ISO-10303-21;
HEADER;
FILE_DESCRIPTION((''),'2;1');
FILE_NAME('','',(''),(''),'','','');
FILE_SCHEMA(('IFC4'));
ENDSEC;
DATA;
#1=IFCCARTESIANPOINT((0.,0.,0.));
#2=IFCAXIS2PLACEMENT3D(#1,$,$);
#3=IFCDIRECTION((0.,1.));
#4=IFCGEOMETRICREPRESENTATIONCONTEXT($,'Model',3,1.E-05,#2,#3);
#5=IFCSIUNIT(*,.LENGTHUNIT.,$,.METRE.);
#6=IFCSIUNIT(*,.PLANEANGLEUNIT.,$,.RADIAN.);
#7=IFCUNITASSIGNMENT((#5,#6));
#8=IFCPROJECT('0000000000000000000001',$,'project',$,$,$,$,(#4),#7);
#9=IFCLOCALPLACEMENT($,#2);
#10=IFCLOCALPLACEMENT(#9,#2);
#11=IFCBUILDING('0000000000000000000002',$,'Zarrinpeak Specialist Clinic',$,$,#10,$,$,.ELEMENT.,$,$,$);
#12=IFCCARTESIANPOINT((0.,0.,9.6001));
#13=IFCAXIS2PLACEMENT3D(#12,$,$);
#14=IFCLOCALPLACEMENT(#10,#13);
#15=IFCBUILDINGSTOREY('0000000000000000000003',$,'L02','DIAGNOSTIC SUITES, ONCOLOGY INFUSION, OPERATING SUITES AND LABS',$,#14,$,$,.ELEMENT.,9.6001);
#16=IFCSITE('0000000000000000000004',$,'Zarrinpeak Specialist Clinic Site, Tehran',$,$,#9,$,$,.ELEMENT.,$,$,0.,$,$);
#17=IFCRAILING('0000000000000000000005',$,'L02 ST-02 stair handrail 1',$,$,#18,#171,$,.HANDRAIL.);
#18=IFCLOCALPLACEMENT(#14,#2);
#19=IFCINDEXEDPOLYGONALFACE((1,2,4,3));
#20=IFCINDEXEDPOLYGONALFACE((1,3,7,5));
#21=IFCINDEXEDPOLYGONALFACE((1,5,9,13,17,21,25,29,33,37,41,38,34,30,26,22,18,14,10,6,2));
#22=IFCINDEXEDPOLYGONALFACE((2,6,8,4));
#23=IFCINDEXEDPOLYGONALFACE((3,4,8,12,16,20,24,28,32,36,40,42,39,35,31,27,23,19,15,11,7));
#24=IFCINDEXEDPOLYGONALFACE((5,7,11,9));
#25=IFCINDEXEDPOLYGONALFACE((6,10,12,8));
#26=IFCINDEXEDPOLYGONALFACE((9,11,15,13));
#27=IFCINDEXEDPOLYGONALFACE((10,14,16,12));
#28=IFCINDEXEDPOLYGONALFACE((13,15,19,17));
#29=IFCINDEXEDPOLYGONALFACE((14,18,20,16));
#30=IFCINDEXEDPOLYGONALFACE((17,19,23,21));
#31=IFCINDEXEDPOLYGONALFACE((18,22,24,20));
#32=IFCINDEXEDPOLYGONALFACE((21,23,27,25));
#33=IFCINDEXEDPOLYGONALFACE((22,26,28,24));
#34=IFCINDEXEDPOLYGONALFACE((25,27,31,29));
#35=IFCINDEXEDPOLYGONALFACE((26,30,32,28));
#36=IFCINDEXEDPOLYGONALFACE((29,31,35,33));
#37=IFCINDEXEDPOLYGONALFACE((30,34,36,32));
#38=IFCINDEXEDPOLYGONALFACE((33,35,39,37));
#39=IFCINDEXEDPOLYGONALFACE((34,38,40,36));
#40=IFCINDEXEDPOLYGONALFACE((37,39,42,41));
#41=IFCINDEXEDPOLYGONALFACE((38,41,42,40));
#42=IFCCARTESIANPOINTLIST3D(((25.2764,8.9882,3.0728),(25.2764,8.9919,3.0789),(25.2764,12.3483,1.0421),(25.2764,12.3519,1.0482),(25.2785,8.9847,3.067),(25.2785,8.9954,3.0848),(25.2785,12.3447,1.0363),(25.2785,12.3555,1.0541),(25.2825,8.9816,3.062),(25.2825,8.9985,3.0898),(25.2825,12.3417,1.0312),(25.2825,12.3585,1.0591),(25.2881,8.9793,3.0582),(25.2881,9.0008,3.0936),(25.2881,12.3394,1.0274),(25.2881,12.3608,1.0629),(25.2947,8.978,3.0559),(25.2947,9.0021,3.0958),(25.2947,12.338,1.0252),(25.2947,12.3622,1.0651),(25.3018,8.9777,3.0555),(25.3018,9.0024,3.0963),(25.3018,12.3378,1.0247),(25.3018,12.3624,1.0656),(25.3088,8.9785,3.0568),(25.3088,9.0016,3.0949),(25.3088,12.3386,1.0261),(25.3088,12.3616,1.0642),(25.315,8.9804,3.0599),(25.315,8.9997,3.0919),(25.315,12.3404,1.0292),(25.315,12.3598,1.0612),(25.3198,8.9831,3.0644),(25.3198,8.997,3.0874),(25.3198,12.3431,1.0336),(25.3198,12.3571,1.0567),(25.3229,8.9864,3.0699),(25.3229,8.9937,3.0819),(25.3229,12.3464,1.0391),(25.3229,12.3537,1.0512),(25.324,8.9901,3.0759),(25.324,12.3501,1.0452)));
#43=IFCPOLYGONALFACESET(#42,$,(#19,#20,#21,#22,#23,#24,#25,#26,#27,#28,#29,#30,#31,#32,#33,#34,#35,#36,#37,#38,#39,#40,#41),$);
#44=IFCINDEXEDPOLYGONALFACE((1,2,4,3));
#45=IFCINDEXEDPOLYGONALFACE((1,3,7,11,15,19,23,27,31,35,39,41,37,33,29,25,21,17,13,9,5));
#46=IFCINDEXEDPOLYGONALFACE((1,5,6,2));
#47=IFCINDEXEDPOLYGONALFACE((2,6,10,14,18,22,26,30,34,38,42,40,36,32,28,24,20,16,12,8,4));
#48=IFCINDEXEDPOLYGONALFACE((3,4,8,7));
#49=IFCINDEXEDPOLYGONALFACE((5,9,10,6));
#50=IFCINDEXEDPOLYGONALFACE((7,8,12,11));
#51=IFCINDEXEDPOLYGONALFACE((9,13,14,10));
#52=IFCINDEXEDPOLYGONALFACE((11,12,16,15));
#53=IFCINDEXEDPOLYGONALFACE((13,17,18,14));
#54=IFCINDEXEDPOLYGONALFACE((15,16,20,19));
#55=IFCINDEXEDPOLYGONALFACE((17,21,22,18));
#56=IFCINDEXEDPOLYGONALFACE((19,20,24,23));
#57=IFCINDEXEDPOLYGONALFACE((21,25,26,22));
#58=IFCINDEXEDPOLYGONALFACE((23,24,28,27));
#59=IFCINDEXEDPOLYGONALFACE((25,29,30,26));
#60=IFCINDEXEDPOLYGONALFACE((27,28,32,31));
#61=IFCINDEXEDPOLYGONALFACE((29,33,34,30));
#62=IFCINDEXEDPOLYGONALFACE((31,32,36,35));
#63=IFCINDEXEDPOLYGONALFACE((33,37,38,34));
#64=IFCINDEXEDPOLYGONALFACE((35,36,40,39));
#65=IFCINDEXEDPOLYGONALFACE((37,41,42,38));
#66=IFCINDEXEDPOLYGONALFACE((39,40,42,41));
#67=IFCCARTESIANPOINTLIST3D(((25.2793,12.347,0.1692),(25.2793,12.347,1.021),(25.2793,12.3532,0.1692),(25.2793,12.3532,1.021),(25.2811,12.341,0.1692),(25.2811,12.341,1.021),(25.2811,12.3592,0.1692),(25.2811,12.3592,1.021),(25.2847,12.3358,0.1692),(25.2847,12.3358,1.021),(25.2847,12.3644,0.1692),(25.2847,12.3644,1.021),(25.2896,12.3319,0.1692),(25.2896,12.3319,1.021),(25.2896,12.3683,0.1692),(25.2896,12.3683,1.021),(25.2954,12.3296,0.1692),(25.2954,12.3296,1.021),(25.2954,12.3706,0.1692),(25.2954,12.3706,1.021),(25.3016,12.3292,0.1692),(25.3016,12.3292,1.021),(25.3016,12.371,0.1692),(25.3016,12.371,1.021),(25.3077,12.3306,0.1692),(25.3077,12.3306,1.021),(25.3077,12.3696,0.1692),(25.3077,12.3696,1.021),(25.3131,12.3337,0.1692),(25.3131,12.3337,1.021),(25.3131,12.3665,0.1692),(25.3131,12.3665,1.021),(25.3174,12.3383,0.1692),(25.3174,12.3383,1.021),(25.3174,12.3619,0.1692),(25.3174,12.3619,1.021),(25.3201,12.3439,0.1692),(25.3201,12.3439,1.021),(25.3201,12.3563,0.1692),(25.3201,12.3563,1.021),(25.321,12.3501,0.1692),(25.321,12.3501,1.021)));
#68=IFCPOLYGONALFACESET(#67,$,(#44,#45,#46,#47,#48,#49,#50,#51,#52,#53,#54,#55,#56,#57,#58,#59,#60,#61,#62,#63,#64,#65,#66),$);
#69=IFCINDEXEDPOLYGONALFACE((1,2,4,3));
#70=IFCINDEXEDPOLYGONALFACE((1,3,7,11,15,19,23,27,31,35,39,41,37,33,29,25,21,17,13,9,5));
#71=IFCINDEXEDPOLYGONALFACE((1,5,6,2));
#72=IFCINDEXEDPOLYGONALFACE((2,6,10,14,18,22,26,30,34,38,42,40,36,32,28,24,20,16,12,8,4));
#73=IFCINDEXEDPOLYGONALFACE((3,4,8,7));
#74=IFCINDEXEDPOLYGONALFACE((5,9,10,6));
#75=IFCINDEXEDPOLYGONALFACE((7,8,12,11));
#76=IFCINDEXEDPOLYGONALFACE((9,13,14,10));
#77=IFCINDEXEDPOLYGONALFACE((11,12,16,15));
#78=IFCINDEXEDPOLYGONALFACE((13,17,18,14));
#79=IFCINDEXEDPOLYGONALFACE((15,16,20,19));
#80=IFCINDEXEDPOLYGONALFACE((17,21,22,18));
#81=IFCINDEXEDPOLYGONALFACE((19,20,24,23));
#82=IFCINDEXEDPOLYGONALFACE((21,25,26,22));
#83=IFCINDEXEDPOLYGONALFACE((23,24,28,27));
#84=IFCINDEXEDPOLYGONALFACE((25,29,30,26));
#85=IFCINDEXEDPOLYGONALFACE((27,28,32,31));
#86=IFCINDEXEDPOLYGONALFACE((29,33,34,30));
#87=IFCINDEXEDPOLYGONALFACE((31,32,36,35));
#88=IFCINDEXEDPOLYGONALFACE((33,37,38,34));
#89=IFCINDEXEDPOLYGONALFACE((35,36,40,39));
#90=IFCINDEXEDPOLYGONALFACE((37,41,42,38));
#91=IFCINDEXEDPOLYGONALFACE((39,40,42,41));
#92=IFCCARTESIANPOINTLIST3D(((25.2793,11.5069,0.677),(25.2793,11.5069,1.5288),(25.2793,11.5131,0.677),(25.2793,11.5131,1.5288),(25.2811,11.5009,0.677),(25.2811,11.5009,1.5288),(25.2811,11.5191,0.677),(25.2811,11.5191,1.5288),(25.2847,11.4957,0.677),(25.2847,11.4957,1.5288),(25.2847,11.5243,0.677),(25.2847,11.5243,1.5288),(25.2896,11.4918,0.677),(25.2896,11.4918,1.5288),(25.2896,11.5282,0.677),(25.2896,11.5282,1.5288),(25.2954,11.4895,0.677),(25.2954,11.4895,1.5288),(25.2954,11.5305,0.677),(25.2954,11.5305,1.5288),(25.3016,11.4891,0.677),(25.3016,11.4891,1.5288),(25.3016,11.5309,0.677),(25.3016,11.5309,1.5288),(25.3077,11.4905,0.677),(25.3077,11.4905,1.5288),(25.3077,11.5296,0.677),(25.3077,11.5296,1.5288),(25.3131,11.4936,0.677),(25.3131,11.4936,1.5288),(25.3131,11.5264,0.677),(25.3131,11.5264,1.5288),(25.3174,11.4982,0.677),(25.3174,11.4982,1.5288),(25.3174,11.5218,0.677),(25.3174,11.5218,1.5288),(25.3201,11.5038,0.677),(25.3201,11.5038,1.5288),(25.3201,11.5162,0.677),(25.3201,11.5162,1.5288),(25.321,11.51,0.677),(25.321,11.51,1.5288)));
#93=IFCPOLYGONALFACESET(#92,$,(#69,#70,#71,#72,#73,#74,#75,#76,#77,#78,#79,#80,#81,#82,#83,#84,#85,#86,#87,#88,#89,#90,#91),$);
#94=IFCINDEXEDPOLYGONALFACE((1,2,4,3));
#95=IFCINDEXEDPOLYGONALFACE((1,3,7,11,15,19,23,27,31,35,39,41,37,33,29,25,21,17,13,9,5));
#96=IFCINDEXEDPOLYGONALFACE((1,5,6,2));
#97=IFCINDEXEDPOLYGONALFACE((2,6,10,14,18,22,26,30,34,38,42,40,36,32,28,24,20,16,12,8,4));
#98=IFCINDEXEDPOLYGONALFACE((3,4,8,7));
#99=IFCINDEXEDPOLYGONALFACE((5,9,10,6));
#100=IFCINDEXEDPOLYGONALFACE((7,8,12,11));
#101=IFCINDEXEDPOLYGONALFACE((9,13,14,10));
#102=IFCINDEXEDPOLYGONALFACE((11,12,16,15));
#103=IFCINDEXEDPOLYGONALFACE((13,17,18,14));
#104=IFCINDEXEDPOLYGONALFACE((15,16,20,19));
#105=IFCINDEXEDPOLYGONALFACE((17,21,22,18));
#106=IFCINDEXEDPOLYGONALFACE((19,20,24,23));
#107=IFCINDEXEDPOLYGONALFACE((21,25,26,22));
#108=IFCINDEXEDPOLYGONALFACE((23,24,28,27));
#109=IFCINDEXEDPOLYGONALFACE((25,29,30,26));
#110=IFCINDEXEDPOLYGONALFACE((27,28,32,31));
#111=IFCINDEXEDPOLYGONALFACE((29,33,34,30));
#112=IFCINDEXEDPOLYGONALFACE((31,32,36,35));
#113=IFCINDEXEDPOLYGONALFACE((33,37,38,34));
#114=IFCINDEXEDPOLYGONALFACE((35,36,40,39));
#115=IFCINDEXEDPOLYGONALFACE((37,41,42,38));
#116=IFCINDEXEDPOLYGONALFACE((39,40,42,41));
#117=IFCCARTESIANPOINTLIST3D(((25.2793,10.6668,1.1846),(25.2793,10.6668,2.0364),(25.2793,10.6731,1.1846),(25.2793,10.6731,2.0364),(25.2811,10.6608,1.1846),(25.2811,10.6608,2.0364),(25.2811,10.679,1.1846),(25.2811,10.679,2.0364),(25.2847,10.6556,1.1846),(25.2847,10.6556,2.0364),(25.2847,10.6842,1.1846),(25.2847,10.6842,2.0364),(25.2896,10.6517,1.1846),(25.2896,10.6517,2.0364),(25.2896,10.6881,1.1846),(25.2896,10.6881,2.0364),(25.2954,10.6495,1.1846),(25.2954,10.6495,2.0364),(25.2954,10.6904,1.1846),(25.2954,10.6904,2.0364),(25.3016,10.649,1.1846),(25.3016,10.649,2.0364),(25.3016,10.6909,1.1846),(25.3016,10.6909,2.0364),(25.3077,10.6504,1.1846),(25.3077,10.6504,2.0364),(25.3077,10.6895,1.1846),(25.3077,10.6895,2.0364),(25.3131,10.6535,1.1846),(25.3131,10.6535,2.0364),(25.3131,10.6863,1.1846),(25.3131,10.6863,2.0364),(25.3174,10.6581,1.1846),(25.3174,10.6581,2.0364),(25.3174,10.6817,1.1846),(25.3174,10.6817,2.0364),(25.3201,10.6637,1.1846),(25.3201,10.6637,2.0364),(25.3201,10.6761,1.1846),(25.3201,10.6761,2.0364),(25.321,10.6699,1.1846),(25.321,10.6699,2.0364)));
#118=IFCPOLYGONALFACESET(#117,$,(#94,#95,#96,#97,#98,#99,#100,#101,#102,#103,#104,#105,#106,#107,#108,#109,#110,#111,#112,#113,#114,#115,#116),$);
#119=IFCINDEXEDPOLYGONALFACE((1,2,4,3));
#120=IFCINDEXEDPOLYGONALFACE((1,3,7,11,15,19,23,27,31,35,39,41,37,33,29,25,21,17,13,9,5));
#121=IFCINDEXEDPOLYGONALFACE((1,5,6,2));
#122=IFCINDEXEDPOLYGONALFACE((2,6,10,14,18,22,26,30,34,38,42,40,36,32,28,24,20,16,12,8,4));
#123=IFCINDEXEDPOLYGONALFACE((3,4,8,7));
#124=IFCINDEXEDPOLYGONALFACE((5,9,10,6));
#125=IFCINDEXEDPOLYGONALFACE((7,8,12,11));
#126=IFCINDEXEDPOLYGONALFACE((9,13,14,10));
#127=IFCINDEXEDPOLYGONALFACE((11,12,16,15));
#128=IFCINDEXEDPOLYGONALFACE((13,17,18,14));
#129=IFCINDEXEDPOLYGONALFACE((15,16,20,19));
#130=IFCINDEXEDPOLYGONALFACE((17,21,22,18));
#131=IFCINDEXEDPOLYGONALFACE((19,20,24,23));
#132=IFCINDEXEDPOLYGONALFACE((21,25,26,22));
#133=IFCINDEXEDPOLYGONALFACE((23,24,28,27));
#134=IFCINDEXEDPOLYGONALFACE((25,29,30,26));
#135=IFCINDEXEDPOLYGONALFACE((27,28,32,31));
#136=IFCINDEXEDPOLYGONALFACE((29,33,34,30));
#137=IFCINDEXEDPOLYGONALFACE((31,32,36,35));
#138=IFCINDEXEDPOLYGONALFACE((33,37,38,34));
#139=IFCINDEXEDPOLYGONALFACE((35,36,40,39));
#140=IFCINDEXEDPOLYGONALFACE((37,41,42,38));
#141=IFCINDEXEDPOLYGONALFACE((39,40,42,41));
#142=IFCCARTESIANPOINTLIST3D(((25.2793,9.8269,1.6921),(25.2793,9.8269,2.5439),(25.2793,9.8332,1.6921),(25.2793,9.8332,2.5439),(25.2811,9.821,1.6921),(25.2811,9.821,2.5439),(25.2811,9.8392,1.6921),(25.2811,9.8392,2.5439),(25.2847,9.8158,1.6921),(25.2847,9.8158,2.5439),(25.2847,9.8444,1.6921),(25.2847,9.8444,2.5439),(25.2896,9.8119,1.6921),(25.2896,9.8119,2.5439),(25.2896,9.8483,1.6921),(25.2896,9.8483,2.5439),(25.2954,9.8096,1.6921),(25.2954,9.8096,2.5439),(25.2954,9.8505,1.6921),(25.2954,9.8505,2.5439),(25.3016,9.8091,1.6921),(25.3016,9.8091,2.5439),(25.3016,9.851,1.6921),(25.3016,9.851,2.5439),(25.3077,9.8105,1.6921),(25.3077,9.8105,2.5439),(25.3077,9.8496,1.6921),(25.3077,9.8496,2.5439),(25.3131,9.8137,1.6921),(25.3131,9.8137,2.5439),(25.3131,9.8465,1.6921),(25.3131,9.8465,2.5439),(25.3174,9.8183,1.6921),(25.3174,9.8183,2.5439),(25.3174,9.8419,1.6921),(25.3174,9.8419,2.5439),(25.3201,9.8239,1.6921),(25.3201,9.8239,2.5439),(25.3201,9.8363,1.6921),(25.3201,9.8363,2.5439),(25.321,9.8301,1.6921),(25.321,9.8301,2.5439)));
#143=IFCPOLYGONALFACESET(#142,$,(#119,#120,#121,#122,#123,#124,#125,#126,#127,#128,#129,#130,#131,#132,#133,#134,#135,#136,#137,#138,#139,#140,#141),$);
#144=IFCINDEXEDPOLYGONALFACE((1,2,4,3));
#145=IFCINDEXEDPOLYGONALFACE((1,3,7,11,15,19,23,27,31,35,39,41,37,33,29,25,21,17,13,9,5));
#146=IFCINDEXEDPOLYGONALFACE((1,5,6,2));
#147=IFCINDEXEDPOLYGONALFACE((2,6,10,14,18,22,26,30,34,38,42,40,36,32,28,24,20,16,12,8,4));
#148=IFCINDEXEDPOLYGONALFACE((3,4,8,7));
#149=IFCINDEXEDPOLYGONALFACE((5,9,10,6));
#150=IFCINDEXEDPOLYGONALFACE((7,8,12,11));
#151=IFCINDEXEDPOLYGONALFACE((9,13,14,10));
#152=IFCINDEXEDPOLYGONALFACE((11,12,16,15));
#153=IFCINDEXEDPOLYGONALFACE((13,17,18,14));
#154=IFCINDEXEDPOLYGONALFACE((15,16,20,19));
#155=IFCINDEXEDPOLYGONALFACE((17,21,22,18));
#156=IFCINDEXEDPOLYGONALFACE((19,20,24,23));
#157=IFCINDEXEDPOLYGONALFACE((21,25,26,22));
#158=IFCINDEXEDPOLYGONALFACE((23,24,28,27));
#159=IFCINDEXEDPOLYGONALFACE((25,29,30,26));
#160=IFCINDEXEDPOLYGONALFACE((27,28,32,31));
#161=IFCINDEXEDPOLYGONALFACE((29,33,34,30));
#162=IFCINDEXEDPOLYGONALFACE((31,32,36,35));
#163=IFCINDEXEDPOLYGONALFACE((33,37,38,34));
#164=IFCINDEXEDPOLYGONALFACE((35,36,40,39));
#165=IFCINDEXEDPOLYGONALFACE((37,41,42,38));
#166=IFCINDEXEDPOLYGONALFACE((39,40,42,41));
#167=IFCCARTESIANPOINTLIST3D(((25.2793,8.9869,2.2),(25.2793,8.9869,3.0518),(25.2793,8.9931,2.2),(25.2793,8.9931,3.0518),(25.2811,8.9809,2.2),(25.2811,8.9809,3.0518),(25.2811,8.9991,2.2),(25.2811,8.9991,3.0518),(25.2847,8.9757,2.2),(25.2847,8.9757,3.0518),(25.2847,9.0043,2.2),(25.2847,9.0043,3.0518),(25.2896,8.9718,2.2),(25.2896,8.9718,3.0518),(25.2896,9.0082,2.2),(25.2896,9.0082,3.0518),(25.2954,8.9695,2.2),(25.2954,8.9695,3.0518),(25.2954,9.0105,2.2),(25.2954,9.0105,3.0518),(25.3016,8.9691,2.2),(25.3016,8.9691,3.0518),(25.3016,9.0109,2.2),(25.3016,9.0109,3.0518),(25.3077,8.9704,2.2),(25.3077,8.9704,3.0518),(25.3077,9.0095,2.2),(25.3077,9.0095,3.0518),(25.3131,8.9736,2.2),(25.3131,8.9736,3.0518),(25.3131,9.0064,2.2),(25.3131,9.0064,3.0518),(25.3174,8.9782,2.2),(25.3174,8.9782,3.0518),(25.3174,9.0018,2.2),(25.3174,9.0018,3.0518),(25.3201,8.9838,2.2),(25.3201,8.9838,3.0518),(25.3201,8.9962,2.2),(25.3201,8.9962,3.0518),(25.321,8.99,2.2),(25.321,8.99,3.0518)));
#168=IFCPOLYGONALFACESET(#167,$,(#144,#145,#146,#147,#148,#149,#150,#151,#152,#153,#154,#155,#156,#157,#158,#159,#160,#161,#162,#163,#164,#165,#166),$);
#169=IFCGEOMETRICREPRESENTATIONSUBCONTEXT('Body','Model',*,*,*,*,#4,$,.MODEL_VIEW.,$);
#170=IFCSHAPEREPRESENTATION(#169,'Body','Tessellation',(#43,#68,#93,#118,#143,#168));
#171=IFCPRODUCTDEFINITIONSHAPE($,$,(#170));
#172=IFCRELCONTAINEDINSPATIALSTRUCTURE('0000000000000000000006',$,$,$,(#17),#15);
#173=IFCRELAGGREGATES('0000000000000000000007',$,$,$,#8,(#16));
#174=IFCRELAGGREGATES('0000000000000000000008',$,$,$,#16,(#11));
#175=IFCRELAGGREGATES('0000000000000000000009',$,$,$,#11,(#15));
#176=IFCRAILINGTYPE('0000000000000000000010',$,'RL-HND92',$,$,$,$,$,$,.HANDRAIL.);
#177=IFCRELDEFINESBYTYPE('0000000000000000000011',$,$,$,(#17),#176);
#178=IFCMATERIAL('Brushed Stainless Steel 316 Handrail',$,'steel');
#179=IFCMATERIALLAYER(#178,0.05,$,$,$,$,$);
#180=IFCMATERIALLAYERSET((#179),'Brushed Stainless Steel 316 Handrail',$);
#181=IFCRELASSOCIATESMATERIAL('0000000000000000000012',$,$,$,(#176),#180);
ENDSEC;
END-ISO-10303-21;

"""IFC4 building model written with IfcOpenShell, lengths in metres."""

from ifc_helpers import new_model, si_unit, direction, frame, origin, origin_2d, place, context, subcontext, project, spatial, circle, extrude, material, layer, layer_set, type_object, element, save


model = new_model("IFC4")

# Units and contexts
model_context = context("Model", 3, precision=1e-05, world=origin(), true_north=direction((0.0, 1.0)))
body_context = subcontext(model_context, "Body", "Model", "MODEL_VIEW")
ifc_project = project(units=[si_unit("LENGTHUNIT", "METRE"), si_unit("PLANEANGLEUNIT", "RADIAN")], contexts=[model_context])

# Site, building, storey
site_placement = place(None, origin())
site = spatial("IfcSite", under=ifc_project, at=site_placement, Name="Zarrinpeak Specialist Clinic Site, Tehran", CompositionType="ELEMENT", RefElevation=0.0)
building_placement = place(site_placement, origin())
building = spatial("IfcBuilding", under=site, at=building_placement, Name="Zarrinpeak Specialist Clinic", CompositionType="ELEMENT")
storey_placement = place(building_placement, frame((0.0, 0.0, 9.6001)))
storey = spatial("IfcBuildingStorey", under=building, at=storey_placement, Name="L02", Description="DIAGNOSTIC SUITES, ONCOLOGY INFUSION, OPERATING SUITES AND LABS", CompositionType="ELEMENT", Elevation=9.6001)

# Railing
ifc_material_1 = material(Name="Brushed Stainless Steel 316 Handrail", Category="steel")
ifc_layer_1 = layer(ifc_material_1, 0.05)
ifc_layer_set_1 = layer_set([ifc_layer_1], Name="Brushed Stainless Steel 316 Handrail")
railing_type_1 = type_object("IfcRailingType", Name="RL-HND92", PredefinedType="HANDRAIL", material=ifc_layer_set_1)
railing_1_placement = place(storey_placement, frame((25.3, 12.3501, 0.1692)))
element("IfcRailing", 1, at=railing_1_placement, inside=storey, type_object=railing_type_1, Name="L02 ST-02 stair handrail 1", PredefinedType="HANDRAIL", context=body_context, shape_type="SweptSolid", body=[
    extrude(circle(Radius=0.0239, at=origin_2d()), frame((0.0, 0.0, 0.876), z_axis=(0.0, -0.855837, 0.517246), x_axis=(1.0, 0.0, 0.0)), (0.0, 0.0, 1.0), 3.926),
    extrude(circle(Radius=0.021, at=origin_2d()), origin(), (0.0, 0.0, 1.0), 0.8518),
    extrude(circle(Radius=0.021, at=origin_2d()), frame((0.0, -0.8401, 0.5078)), (0.0, 0.0, 1.0), 0.8518),
    extrude(circle(Radius=0.021, at=origin_2d()), frame((0.0, -1.6802, 1.0154)), (0.0, 0.0, 1.0), 0.8518),
    extrude(circle(Radius=0.021, at=origin_2d()), frame((0.0, -2.52, 1.5229)), (0.0, 0.0, 1.0), 0.8518),
    extrude(circle(Radius=0.021, at=origin_2d()), frame((0.0, -3.3601, 2.0308)), (0.0, 0.0, 1.0), 0.8518),
])

save(model, "model.ifc")
